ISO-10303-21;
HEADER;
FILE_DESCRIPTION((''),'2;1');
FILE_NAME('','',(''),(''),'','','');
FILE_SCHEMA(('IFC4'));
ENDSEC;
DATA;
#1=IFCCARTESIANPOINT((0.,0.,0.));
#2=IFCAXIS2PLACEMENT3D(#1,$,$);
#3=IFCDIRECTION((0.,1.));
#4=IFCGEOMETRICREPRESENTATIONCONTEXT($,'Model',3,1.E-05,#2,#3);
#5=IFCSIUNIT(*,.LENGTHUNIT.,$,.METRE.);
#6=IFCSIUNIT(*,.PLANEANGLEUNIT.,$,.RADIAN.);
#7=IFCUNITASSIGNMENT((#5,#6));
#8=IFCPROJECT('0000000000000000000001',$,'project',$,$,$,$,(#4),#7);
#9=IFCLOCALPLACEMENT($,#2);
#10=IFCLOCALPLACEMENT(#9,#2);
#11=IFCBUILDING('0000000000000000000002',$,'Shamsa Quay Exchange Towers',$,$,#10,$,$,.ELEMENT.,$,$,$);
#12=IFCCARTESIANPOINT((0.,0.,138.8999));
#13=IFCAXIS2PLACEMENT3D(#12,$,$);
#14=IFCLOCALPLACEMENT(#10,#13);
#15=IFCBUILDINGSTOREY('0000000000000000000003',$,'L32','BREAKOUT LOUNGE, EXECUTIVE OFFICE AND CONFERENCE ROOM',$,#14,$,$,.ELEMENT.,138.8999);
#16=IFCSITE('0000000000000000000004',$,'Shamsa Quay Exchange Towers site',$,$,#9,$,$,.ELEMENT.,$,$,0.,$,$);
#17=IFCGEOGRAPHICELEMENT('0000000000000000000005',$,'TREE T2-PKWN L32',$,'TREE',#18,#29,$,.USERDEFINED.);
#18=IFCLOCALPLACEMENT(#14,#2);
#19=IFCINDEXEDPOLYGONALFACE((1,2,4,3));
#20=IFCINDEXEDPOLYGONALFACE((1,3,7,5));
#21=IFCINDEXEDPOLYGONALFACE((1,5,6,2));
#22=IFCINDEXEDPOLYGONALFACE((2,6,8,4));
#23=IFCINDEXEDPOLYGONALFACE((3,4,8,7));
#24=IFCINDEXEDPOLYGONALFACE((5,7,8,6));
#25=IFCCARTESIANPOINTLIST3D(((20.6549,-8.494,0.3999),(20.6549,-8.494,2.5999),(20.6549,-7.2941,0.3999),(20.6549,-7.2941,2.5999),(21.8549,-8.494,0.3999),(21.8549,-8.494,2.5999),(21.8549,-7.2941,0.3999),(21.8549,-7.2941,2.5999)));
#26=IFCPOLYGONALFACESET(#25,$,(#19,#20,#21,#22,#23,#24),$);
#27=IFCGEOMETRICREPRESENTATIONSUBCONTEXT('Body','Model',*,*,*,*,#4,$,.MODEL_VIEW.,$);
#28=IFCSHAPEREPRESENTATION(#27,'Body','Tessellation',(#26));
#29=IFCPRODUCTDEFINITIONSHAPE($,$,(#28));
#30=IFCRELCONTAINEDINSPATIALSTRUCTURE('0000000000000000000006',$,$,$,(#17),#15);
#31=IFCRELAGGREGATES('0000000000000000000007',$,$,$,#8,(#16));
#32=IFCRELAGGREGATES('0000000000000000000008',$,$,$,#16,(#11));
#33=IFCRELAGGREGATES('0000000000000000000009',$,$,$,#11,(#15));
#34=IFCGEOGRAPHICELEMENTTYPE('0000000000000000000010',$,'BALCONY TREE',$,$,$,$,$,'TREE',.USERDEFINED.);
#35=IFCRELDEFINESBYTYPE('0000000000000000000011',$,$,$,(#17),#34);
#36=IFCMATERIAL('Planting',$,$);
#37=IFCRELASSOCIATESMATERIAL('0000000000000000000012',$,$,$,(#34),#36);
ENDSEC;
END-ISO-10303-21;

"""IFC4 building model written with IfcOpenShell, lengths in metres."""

from ifc_helpers import new_model, si_unit, direction, frame, origin, origin_2d, place, context, subcontext, project, spatial, rectangle, extrude, material, type_object, element, save


model = new_model("IFC4")

# Units and contexts
model_context = context("Model", 3, precision=1e-05, world=origin(), true_north=direction((0.0, 1.0)))
body_context = subcontext(model_context, "Body", "Model", "MODEL_VIEW")
ifc_project = project(units=[si_unit("LENGTHUNIT", "METRE"), si_unit("PLANEANGLEUNIT", "RADIAN")], contexts=[model_context])

# Site, building, storey
site_placement = place(None, origin())
site = spatial("IfcSite", under=ifc_project, at=site_placement, Name="Shamsa Quay Exchange Towers site", CompositionType="ELEMENT", RefElevation=0.0)
building_placement = place(site_placement, origin())
building = spatial("IfcBuilding", under=site, at=building_placement, Name="Shamsa Quay Exchange Towers", CompositionType="ELEMENT")
storey_placement = place(building_placement, frame((0.0, 0.0, 138.8999)))
storey = spatial("IfcBuildingStorey", under=building, at=storey_placement, Name="L32", Description="BREAKOUT LOUNGE, EXECUTIVE OFFICE AND CONFERENCE ROOM", CompositionType="ELEMENT", Elevation=138.8999)

# Geographic element
ifc_material_1 = material(Name="Planting")
geographic_element_type = type_object("IfcGeographicElementType", Name="BALCONY TREE", ElementType="TREE", PredefinedType="USERDEFINED", material=ifc_material_1)
geographic_element_placement = place(storey_placement, frame((21.2549, -7.894, 0.3999), z_axis=(0.0, 0.0, 1.0), x_axis=(0.0, -1.0, 0.0)))
element("IfcGeographicElement", 1, at=geographic_element_placement, inside=storey, type_object=geographic_element_type, Name="TREE T2-PKWN L32", ObjectType="TREE", PredefinedType="USERDEFINED", context=body_context, shape_type="SweptSolid", body=[
    extrude(rectangle(XDim=1.2, YDim=1.2, at=origin_2d()), origin(), (0.0, 0.0, 1.0), 2.2),
])

save(model, "model.ifc")
